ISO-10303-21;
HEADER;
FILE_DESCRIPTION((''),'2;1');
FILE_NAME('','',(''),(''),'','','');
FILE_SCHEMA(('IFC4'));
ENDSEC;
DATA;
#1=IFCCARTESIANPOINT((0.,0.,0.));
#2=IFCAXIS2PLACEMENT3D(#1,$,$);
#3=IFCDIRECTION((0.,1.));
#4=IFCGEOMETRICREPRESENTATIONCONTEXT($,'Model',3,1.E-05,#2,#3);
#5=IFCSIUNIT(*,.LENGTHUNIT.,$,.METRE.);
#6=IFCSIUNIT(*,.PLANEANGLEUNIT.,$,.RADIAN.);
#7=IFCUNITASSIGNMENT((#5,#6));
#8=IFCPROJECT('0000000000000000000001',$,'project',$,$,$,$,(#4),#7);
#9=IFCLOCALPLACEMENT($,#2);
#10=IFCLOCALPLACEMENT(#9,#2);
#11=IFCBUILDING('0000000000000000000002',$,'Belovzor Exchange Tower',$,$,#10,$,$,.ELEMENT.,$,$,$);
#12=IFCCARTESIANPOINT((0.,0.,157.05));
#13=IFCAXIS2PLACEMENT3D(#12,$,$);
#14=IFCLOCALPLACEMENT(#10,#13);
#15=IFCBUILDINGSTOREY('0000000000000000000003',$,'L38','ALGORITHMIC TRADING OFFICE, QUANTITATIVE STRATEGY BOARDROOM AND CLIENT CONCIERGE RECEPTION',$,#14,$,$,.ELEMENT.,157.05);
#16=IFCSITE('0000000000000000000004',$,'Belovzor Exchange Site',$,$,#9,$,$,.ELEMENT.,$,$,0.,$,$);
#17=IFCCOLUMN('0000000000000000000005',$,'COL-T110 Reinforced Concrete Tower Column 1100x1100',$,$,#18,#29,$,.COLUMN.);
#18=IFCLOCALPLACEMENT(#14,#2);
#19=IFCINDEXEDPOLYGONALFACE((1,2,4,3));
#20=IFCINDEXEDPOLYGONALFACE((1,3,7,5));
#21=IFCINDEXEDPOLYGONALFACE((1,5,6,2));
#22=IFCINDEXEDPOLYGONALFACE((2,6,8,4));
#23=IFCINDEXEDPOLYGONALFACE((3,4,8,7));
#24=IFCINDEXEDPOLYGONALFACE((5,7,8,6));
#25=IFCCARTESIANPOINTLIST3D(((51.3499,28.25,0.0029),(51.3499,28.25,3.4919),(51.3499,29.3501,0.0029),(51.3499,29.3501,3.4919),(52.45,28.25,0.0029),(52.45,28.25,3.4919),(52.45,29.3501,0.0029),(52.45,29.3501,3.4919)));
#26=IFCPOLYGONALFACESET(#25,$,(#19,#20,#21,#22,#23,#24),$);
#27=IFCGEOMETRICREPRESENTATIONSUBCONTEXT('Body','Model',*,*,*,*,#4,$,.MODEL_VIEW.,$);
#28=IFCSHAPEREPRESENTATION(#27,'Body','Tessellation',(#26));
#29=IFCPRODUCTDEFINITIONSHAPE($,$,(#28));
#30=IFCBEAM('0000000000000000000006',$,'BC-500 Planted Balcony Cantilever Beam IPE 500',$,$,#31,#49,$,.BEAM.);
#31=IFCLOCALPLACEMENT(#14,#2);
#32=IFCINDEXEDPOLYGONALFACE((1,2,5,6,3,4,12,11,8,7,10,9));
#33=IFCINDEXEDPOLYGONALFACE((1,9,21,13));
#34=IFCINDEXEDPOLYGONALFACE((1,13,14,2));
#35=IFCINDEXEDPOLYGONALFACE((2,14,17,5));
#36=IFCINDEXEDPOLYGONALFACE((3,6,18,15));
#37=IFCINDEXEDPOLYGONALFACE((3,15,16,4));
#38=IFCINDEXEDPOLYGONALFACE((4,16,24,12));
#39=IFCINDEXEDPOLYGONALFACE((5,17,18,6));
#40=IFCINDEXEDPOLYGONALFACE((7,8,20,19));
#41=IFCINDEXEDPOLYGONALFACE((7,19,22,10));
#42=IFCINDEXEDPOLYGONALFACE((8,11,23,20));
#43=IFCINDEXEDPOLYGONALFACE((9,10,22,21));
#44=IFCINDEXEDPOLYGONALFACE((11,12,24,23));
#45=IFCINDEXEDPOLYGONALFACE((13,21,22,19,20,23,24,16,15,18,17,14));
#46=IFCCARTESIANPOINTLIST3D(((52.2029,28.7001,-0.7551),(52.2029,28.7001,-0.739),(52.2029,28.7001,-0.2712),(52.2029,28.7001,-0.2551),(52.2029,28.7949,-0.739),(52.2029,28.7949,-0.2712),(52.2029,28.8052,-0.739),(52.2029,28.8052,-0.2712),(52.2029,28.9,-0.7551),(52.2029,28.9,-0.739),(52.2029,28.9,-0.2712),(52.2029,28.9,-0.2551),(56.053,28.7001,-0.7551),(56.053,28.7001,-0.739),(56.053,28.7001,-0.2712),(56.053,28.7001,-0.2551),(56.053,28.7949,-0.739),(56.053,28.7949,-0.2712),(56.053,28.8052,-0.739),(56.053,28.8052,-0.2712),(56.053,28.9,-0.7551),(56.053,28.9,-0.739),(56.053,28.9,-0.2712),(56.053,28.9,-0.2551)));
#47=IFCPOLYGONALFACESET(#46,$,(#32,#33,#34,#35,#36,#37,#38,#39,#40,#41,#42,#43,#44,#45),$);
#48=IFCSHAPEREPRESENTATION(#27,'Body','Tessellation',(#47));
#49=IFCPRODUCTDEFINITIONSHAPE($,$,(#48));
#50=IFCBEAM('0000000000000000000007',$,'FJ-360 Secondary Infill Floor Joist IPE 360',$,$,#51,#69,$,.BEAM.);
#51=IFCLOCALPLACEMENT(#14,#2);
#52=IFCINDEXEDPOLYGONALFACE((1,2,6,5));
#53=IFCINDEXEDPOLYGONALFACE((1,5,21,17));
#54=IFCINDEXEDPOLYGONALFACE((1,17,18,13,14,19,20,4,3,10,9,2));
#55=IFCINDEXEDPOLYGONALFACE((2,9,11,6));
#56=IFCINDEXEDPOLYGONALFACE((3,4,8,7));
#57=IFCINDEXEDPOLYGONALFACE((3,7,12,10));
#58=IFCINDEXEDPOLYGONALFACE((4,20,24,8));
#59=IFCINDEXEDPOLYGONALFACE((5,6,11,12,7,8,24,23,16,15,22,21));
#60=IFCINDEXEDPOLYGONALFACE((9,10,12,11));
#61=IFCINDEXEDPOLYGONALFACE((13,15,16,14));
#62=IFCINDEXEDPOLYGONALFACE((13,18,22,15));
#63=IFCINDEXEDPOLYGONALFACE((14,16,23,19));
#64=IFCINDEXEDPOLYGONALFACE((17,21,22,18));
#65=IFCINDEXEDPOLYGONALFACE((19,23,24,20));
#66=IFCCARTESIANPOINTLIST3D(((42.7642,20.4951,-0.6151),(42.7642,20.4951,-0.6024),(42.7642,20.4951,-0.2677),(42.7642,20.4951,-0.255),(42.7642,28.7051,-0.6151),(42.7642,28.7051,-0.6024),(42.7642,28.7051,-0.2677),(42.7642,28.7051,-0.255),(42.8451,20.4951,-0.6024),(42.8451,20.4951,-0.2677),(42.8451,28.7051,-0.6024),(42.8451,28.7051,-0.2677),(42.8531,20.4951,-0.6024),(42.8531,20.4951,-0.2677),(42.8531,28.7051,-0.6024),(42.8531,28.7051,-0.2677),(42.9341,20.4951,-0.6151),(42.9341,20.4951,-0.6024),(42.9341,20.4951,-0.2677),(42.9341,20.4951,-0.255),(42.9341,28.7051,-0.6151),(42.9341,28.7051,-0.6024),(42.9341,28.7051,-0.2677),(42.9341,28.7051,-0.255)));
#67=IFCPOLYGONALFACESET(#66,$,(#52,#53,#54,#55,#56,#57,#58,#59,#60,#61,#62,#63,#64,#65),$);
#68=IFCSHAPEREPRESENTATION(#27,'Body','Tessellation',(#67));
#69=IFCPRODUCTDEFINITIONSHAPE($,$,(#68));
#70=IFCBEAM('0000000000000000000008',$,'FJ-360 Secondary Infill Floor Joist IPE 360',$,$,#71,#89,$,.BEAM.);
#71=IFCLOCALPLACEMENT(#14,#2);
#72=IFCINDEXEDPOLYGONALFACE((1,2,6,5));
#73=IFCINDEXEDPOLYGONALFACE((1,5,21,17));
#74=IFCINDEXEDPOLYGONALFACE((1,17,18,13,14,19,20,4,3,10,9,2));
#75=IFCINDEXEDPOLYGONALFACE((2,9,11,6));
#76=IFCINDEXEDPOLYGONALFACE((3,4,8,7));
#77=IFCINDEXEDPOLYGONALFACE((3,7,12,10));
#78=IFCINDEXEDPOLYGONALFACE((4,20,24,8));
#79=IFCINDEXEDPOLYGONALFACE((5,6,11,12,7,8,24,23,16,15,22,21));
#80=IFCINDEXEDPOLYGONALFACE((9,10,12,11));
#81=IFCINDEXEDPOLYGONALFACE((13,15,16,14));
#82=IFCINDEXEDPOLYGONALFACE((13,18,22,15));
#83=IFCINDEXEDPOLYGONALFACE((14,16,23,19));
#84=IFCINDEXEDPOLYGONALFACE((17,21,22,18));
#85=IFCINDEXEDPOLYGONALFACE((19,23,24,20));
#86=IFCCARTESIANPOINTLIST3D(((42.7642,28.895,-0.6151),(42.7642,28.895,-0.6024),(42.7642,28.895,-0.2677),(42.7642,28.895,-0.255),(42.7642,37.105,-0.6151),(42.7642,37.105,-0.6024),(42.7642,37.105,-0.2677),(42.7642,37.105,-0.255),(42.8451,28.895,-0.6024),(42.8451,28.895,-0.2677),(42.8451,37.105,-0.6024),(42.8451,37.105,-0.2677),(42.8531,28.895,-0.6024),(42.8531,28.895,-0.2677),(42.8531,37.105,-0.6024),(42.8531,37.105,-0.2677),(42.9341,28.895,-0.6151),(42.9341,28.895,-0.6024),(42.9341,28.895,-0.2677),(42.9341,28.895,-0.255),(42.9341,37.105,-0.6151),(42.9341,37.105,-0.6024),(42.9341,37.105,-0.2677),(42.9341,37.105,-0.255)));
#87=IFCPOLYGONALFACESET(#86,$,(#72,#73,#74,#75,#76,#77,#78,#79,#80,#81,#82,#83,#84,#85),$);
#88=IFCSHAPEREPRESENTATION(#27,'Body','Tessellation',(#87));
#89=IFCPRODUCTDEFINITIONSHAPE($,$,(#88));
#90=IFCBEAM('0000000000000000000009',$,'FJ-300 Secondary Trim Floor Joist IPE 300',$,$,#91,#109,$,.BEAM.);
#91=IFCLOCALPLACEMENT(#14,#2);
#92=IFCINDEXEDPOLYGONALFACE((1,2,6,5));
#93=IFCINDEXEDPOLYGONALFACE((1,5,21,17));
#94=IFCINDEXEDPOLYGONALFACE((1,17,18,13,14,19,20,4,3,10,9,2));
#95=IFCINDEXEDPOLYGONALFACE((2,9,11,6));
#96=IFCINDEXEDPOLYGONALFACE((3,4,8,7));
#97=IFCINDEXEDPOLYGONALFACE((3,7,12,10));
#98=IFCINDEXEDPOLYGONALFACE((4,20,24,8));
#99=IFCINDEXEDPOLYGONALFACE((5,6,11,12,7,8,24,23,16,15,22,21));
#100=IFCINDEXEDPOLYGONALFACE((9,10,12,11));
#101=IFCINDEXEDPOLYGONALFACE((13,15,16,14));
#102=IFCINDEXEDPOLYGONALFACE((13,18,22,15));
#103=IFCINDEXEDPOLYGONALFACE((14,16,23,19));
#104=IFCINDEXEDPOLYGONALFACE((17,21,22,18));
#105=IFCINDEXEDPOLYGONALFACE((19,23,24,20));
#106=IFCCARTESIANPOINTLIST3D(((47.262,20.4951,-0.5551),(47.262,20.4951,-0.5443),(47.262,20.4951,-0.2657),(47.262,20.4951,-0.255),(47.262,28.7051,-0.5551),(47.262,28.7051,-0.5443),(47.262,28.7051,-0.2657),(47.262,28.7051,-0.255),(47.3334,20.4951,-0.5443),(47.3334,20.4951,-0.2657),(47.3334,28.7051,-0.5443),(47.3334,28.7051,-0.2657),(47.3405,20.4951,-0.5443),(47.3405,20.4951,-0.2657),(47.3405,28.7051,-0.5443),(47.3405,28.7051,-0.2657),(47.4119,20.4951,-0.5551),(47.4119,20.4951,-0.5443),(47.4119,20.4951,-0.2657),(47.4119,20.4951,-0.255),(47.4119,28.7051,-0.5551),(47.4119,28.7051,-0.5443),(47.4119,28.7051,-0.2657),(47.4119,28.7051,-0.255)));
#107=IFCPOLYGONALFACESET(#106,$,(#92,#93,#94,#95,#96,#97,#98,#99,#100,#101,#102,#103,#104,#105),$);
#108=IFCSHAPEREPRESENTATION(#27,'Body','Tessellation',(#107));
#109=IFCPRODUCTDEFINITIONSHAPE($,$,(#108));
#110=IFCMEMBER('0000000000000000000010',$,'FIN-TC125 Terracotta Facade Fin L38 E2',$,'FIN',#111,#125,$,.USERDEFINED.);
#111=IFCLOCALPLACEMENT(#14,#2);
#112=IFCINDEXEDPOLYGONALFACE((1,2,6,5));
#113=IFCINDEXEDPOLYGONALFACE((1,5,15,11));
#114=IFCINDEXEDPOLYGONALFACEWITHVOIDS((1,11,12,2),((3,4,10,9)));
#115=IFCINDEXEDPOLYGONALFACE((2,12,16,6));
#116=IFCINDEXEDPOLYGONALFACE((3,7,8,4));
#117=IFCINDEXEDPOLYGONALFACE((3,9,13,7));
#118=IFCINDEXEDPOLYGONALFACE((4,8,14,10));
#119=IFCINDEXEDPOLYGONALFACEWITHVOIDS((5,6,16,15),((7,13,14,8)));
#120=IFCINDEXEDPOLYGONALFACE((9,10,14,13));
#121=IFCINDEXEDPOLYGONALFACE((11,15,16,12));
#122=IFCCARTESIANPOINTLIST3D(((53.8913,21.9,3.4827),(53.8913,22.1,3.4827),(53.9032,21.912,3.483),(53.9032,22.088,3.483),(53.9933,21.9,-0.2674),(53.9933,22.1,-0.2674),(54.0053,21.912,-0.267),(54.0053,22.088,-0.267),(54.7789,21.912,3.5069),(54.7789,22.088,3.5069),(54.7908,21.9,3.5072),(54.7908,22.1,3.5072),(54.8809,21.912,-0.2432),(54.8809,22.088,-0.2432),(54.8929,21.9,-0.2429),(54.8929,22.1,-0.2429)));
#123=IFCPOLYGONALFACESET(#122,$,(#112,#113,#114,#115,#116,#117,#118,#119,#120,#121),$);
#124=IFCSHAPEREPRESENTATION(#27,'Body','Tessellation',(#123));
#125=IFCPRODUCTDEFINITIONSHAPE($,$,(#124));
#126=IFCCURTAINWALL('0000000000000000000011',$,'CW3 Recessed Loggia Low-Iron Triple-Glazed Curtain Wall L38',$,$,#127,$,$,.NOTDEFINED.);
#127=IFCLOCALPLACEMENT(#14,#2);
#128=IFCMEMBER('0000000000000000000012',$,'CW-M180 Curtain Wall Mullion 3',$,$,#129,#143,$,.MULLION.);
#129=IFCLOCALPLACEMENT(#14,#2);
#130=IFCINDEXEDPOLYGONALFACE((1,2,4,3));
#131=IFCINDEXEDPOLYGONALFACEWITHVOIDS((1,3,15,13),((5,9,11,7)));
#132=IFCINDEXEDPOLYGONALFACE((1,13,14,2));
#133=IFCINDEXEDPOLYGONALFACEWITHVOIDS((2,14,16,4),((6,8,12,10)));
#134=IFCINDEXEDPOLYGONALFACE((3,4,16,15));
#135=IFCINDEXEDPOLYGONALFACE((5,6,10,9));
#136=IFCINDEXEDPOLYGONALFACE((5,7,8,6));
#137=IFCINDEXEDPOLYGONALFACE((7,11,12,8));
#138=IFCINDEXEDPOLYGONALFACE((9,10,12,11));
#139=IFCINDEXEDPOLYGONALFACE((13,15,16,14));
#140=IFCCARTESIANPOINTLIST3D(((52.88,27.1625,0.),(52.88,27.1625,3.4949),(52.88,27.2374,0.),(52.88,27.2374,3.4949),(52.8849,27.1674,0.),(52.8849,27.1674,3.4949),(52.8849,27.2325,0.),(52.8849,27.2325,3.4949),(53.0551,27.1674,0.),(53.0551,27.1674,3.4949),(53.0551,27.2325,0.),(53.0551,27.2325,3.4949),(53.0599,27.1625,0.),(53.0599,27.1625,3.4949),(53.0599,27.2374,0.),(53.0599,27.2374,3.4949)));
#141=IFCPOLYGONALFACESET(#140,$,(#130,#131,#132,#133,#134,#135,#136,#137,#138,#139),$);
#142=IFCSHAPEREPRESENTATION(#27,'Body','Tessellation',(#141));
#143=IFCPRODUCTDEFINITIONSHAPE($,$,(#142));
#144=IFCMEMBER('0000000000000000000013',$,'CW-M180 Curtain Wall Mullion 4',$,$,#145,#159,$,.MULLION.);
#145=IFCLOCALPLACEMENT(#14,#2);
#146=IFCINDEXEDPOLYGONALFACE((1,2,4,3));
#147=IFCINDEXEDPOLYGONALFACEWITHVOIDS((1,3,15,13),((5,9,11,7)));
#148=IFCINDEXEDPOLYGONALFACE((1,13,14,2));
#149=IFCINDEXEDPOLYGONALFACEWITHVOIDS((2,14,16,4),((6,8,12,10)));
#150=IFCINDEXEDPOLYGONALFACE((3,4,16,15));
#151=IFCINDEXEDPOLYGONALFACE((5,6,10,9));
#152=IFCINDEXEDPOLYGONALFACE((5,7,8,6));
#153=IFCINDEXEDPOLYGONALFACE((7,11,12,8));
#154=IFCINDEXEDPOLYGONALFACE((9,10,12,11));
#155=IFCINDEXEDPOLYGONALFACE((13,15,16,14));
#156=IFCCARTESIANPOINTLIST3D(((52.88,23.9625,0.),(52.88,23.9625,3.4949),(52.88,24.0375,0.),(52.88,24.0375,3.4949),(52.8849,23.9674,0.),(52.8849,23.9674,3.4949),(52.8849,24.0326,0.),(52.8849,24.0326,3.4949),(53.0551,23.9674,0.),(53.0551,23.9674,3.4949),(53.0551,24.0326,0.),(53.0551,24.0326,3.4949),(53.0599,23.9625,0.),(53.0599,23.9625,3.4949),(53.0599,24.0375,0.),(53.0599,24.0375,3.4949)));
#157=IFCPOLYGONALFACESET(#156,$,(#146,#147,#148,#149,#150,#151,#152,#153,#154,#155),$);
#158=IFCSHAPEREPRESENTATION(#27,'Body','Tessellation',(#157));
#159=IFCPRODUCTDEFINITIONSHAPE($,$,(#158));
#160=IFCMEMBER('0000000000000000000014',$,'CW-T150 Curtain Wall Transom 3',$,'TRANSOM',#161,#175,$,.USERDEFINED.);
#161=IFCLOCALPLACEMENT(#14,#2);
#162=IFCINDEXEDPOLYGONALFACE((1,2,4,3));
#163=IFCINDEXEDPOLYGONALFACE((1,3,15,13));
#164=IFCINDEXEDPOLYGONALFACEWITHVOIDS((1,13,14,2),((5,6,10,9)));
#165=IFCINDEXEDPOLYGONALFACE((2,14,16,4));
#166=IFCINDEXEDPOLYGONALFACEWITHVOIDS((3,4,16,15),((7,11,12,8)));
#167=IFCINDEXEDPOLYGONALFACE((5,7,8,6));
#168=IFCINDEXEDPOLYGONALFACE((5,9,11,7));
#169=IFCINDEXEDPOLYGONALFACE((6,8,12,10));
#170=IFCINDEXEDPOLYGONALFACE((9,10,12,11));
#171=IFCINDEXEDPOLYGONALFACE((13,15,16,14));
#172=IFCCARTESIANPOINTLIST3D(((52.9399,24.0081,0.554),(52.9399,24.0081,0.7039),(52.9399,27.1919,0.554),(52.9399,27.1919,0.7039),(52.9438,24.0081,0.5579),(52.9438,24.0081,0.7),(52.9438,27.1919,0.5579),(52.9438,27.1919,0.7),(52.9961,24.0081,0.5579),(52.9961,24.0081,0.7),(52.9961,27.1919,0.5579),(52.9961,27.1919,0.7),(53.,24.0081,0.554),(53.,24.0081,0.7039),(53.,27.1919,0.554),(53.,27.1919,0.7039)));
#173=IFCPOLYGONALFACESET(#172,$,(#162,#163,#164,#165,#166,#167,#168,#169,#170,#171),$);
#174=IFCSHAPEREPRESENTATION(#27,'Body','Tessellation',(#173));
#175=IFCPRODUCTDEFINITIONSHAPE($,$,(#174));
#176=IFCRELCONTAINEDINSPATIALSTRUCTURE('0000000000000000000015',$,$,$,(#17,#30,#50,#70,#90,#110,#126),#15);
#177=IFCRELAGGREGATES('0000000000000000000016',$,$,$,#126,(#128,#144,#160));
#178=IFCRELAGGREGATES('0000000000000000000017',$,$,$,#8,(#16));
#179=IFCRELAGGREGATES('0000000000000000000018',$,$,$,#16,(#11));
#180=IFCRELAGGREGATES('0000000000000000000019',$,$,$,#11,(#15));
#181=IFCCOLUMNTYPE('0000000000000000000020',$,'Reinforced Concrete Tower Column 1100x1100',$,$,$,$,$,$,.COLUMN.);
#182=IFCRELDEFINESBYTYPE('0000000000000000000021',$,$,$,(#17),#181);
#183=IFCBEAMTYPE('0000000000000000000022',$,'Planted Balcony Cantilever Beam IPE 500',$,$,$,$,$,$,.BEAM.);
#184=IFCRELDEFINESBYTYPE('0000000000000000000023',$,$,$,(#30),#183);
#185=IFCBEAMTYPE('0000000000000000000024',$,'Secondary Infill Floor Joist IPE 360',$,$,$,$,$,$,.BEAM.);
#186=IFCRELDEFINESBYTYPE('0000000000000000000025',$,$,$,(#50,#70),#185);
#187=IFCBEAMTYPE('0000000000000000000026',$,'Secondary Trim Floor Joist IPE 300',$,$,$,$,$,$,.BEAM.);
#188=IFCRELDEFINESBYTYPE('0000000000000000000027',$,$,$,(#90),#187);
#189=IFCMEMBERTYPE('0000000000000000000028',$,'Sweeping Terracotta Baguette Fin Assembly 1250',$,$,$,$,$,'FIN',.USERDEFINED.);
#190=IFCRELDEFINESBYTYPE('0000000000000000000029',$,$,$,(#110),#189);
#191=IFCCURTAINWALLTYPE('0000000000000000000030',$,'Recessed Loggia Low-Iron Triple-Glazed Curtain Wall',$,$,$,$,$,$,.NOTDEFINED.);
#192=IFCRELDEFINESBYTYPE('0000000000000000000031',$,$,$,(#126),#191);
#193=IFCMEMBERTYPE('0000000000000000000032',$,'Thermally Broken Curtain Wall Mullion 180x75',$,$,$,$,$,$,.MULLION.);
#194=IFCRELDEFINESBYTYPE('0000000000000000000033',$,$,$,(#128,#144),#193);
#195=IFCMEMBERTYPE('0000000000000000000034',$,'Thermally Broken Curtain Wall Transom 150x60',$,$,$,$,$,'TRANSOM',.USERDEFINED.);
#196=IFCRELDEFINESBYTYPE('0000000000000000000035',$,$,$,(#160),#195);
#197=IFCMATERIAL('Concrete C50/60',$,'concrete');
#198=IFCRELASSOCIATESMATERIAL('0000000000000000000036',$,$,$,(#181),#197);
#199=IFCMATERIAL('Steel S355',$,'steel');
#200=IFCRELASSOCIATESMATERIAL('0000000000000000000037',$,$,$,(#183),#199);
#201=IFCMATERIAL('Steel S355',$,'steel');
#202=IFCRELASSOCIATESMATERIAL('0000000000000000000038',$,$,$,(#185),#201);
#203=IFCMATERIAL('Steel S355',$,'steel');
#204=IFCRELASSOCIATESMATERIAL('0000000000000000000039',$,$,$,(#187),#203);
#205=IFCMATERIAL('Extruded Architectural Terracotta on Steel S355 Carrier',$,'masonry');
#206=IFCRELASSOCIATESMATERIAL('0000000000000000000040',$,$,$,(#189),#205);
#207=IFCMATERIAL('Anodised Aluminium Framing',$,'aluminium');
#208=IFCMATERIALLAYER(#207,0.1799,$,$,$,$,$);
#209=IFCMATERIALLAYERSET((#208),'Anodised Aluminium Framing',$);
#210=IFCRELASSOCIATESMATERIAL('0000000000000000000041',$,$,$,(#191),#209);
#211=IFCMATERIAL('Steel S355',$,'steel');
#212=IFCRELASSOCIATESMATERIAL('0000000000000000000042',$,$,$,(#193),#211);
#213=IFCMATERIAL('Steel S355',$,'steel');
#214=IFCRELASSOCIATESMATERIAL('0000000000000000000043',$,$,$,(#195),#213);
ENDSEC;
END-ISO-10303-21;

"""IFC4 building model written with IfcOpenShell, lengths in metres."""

from ifc_helpers import new_model, si_unit, direction, frame, origin, origin_2d, place, context, subcontext, project, spatial, rectangle, hollow_rectangle, i_section, extrude, material, layer, layer_set, material_profile, profile_set, type_object, element, aggregate, save


model = new_model("IFC4")

# Units and contexts
model_context = context("Model", 3, precision=1e-05, world=origin(), true_north=direction((0.0, 1.0)))
body_context = subcontext(model_context, "Body", "Model", "MODEL_VIEW")
ifc_project = project(units=[si_unit("LENGTHUNIT", "METRE"), si_unit("PLANEANGLEUNIT", "RADIAN")], contexts=[model_context])

# Site, building, storey
site_placement = place(None, origin())
site = spatial("IfcSite", under=ifc_project, at=site_placement, Name="Belovzor Exchange Site", CompositionType="ELEMENT", RefElevation=0.0)
building_placement = place(site_placement, origin())
building = spatial("IfcBuilding", under=site, at=building_placement, Name="Belovzor Exchange Tower", CompositionType="ELEMENT")
storey_placement = place(building_placement, frame((0.0, 0.0, 157.05)))
storey = spatial("IfcBuildingStorey", under=building, at=storey_placement, Name="L38", Description="ALGORITHMIC TRADING OFFICE, QUANTITATIVE STRATEGY BOARDROOM AND CLIENT CONCIERGE RECEPTION", CompositionType="ELEMENT", Elevation=157.05)

# Column
ifc_material_1 = material(Name="Concrete C50/60", Category="concrete")
ifc_material_profile_1 = material_profile(ifc_material_1, rectangle(XDim=1.1001, YDim=1.1001, at=origin_2d()))
ifc_profile_set_1 = profile_set([ifc_material_profile_1], Name="Concrete C50/60")
column_type = type_object("IfcColumnType", Name="Reinforced Concrete Tower Column 1100x1100", PredefinedType="COLUMN", material=ifc_profile_set_1)
column_placement = place(storey_placement, frame((51.8999, 28.8, 0.0029), z_axis=(0.0, 0.0, 1.0), x_axis=(1.0, 0.0, 0.0)))
element("IfcColumn", 1, at=column_placement, inside=storey, type_object=column_type, Name="COL-T110 Reinforced Concrete Tower Column 1100x1100", PredefinedType="COLUMN", context=body_context, shape_type="SweptSolid", body=[
    extrude(rectangle(XDim=1.1001, YDim=1.1001, at=origin_2d()), origin(), (0.0, 0.0, 1.0), 3.489),
])

# Beams
ifc_material_2 = material(Name="Steel S355", Category="steel")
ifc_material_profile_2 = material_profile(ifc_material_2, i_section(OverallWidth=0.2, OverallDepth=0.5, WebThickness=0.0103, FlangeThickness=0.0161, at=origin_2d()))
ifc_profile_set_2 = profile_set([ifc_material_profile_2], Name="Steel S355")
beam_type_1 = type_object("IfcBeamType", Name="Planted Balcony Cantilever Beam IPE 500", PredefinedType="BEAM", material=ifc_profile_set_2)
beam_1_placement = place(storey_placement, frame((52.2029, 28.8, -0.5051), z_axis=(1.0, 0.0, 0.0), x_axis=(0.0, 1.0, 0.0)))
element("IfcBeam", 2, at=beam_1_placement, inside=storey, type_object=beam_type_1, Name="BC-500 Planted Balcony Cantilever Beam IPE 500", PredefinedType="BEAM", context=body_context, shape_type="SweptSolid", body=[
    extrude(i_section(OverallWidth=0.2, OverallDepth=0.5, WebThickness=0.0103, FlangeThickness=0.0161, at=origin_2d()), origin(), (0.0, 0.0, 1.0), 3.8501),
])
ifc_material_3 = material(Name="Steel S355", Category="steel")
ifc_material_profile_3 = material_profile(ifc_material_3, i_section(OverallWidth=0.1699, OverallDepth=0.3601, WebThickness=0.0081, FlangeThickness=0.0127, at=origin_2d()))
ifc_profile_set_3 = profile_set([ifc_material_profile_3], Name="Steel S355")
beam_type_2 = type_object("IfcBeamType", Name="Secondary Infill Floor Joist IPE 360", PredefinedType="BEAM", material=ifc_profile_set_3)
for number, where, z_axis, x_axis, name in (
    (3, (42.8491, 20.4951, -0.4351), (0.0, 1.0, 0.0), (-1.0, 0.0, 0.0), "FJ-360 Secondary Infill Floor Joist IPE 360"),
    (4, (42.8491, 28.895, -0.4351), (0.0, 1.0, 0.0), (-1.0, 0.0, 0.0), "FJ-360 Secondary Infill Floor Joist IPE 360"),
):
    element("IfcBeam", number, at=place(storey_placement, frame(where, z_axis=z_axis, x_axis=x_axis)), inside=storey, type_object=beam_type_2, Name=name, PredefinedType="BEAM", context=body_context, shape_type="SweptSolid", body=[
        extrude(i_section(OverallWidth=0.1699, OverallDepth=0.3601, WebThickness=0.0081, FlangeThickness=0.0127, at=origin_2d()), origin(), (0.0, 0.0, 1.0), 8.21),
    ])
ifc_material_4 = material(Name="Steel S355", Category="steel")
ifc_material_profile_4 = material_profile(ifc_material_4, i_section(OverallWidth=0.1499, OverallDepth=0.3, WebThickness=0.0071, FlangeThickness=0.0107, at=origin_2d()))
ifc_profile_set_4 = profile_set([ifc_material_profile_4], Name="Steel S355")
beam_type_3 = type_object("IfcBeamType", Name="Secondary Trim Floor Joist IPE 300", PredefinedType="BEAM", material=ifc_profile_set_4)
beam_2_placement = place(storey_placement, frame((47.3369, 20.4951, -0.405), z_axis=(0.0, 1.0, 0.0), x_axis=(-1.0, 0.0, 0.0)))
element("IfcBeam", 5, at=beam_2_placement, inside=storey, type_object=beam_type_3, Name="FJ-300 Secondary Trim Floor Joist IPE 300", PredefinedType="BEAM", context=body_context, shape_type="SweptSolid", body=[
    extrude(i_section(OverallWidth=0.1499, OverallDepth=0.3, WebThickness=0.0071, FlangeThickness=0.0107, at=origin_2d()), origin(), (0.0, 0.0, 1.0), 8.21),
])

# Member
ifc_material_5 = material(Name="Extruded Architectural Terracotta on Steel S355 Carrier", Category="masonry")
ifc_material_profile_5 = material_profile(ifc_material_5, hollow_rectangle(XDim=0.2, YDim=0.8999, WallThickness=0.012, at=origin_2d()))
ifc_profile_set_5 = profile_set([ifc_material_profile_5], Name="Extruded Architectural Terracotta on Steel S355 Carrier")
member_type_1 = type_object("IfcMemberType", Name="Sweeping Terracotta Baguette Fin Assembly 1250", ElementType="FIN", PredefinedType="USERDEFINED", material=ifc_profile_set_5)
member_1_placement = place(storey_placement, frame((54.4431, 22.0, -0.2551), z_axis=(-0.027203, 0.0, 0.99963), x_axis=(0.0, -1.0, 0.0)))
element("IfcMember", 6, at=member_1_placement, inside=storey, type_object=member_type_1, Name="FIN-TC125 Terracotta Facade Fin L38 E2", ObjectType="FIN", PredefinedType="USERDEFINED", context=body_context, shape_type="SweptSolid", body=[
    extrude(hollow_rectangle(XDim=0.2, YDim=0.8999, WallThickness=0.012, at=origin_2d()), origin(), (0.0, 0.0, 1.0), 3.7515),
])

# Curtain wall, members
ifc_material_6 = material(Name="Anodised Aluminium Framing", Category="aluminium")
ifc_layer_1 = layer(ifc_material_6, 0.1799)
ifc_layer_set_1 = layer_set([ifc_layer_1], Name="Anodised Aluminium Framing")
curtain_wall_type = type_object("IfcCurtainWallType", Name="Recessed Loggia Low-Iron Triple-Glazed Curtain Wall", PredefinedType="NOTDEFINED", material=ifc_layer_set_1)
curtain_wall_placement = place(storey_placement, origin())
curtain_wall = element("IfcCurtainWall", 7, at=curtain_wall_placement, inside=storey, type_object=curtain_wall_type, Name="CW3 Recessed Loggia Low-Iron Triple-Glazed Curtain Wall L38", PredefinedType="NOTDEFINED")
ifc_material_7 = material(Name="Steel S355", Category="steel")
ifc_material_profile_6 = material_profile(ifc_material_7, hollow_rectangle(XDim=0.075, YDim=0.1799, WallThickness=0.0049, at=origin_2d()))
ifc_profile_set_6 = profile_set([ifc_material_profile_6], Name="Steel S355")
member_type_2 = type_object("IfcMemberType", Name="Thermally Broken Curtain Wall Mullion 180x75", PredefinedType="MULLION", material=ifc_profile_set_6)
member_2_placement = place(storey_placement, frame((52.97, 27.2, 0.0), z_axis=(0.0, 0.0, 1.0), x_axis=(0.0, -1.0, 0.0)))
member_2 = element("IfcMember", 8, at=member_2_placement, type_object=member_type_2, Name="CW-M180 Curtain Wall Mullion 3", PredefinedType="MULLION", context=body_context, shape_type="SweptSolid", body=[
    extrude(hollow_rectangle(XDim=0.075, YDim=0.1799, WallThickness=0.0049, at=origin_2d()), origin(), (0.0, 0.0, 1.0), 3.4949),
])
member_3_placement = place(storey_placement, frame((52.97, 24.0, 0.0), z_axis=(0.0, 0.0, 1.0), x_axis=(0.0, -1.0, 0.0)))
member_3 = element("IfcMember", 9, at=member_3_placement, type_object=member_type_2, Name="CW-M180 Curtain Wall Mullion 4", PredefinedType="MULLION", context=body_context, shape_type="SweptSolid", body=[
    extrude(hollow_rectangle(XDim=0.075, YDim=0.1799, WallThickness=0.0049, at=origin_2d()), origin(), (0.0, 0.0, 1.0), 3.4949),
])
ifc_material_8 = material(Name="Steel S355", Category="steel")
ifc_material_profile_7 = material_profile(ifc_material_8, hollow_rectangle(XDim=0.0601, YDim=0.1499, WallThickness=0.0039, at=origin_2d()))
ifc_profile_set_7 = profile_set([ifc_material_profile_7], Name="Steel S355")
member_type_3 = type_object("IfcMemberType", Name="Thermally Broken Curtain Wall Transom 150x60", ElementType="TRANSOM", PredefinedType="USERDEFINED", material=ifc_profile_set_7)
member_4_placement = place(storey_placement, frame((52.97, 27.1919, 0.6289), z_axis=(0.0, -1.0, 0.0), x_axis=(1.0, 0.0, 0.0)))
member_4 = element("IfcMember", 10, at=member_4_placement, type_object=member_type_3, Name="CW-T150 Curtain Wall Transom 3", ObjectType="TRANSOM", PredefinedType="USERDEFINED", context=body_context, shape_type="SweptSolid", body=[
    extrude(hollow_rectangle(XDim=0.0601, YDim=0.1499, WallThickness=0.0039, at=origin_2d()), origin(), (0.0, 0.0, 1.0), 3.1838),
])

aggregate(curtain_wall, [member_2, member_3, member_4])

save(model, "model.ifc")
